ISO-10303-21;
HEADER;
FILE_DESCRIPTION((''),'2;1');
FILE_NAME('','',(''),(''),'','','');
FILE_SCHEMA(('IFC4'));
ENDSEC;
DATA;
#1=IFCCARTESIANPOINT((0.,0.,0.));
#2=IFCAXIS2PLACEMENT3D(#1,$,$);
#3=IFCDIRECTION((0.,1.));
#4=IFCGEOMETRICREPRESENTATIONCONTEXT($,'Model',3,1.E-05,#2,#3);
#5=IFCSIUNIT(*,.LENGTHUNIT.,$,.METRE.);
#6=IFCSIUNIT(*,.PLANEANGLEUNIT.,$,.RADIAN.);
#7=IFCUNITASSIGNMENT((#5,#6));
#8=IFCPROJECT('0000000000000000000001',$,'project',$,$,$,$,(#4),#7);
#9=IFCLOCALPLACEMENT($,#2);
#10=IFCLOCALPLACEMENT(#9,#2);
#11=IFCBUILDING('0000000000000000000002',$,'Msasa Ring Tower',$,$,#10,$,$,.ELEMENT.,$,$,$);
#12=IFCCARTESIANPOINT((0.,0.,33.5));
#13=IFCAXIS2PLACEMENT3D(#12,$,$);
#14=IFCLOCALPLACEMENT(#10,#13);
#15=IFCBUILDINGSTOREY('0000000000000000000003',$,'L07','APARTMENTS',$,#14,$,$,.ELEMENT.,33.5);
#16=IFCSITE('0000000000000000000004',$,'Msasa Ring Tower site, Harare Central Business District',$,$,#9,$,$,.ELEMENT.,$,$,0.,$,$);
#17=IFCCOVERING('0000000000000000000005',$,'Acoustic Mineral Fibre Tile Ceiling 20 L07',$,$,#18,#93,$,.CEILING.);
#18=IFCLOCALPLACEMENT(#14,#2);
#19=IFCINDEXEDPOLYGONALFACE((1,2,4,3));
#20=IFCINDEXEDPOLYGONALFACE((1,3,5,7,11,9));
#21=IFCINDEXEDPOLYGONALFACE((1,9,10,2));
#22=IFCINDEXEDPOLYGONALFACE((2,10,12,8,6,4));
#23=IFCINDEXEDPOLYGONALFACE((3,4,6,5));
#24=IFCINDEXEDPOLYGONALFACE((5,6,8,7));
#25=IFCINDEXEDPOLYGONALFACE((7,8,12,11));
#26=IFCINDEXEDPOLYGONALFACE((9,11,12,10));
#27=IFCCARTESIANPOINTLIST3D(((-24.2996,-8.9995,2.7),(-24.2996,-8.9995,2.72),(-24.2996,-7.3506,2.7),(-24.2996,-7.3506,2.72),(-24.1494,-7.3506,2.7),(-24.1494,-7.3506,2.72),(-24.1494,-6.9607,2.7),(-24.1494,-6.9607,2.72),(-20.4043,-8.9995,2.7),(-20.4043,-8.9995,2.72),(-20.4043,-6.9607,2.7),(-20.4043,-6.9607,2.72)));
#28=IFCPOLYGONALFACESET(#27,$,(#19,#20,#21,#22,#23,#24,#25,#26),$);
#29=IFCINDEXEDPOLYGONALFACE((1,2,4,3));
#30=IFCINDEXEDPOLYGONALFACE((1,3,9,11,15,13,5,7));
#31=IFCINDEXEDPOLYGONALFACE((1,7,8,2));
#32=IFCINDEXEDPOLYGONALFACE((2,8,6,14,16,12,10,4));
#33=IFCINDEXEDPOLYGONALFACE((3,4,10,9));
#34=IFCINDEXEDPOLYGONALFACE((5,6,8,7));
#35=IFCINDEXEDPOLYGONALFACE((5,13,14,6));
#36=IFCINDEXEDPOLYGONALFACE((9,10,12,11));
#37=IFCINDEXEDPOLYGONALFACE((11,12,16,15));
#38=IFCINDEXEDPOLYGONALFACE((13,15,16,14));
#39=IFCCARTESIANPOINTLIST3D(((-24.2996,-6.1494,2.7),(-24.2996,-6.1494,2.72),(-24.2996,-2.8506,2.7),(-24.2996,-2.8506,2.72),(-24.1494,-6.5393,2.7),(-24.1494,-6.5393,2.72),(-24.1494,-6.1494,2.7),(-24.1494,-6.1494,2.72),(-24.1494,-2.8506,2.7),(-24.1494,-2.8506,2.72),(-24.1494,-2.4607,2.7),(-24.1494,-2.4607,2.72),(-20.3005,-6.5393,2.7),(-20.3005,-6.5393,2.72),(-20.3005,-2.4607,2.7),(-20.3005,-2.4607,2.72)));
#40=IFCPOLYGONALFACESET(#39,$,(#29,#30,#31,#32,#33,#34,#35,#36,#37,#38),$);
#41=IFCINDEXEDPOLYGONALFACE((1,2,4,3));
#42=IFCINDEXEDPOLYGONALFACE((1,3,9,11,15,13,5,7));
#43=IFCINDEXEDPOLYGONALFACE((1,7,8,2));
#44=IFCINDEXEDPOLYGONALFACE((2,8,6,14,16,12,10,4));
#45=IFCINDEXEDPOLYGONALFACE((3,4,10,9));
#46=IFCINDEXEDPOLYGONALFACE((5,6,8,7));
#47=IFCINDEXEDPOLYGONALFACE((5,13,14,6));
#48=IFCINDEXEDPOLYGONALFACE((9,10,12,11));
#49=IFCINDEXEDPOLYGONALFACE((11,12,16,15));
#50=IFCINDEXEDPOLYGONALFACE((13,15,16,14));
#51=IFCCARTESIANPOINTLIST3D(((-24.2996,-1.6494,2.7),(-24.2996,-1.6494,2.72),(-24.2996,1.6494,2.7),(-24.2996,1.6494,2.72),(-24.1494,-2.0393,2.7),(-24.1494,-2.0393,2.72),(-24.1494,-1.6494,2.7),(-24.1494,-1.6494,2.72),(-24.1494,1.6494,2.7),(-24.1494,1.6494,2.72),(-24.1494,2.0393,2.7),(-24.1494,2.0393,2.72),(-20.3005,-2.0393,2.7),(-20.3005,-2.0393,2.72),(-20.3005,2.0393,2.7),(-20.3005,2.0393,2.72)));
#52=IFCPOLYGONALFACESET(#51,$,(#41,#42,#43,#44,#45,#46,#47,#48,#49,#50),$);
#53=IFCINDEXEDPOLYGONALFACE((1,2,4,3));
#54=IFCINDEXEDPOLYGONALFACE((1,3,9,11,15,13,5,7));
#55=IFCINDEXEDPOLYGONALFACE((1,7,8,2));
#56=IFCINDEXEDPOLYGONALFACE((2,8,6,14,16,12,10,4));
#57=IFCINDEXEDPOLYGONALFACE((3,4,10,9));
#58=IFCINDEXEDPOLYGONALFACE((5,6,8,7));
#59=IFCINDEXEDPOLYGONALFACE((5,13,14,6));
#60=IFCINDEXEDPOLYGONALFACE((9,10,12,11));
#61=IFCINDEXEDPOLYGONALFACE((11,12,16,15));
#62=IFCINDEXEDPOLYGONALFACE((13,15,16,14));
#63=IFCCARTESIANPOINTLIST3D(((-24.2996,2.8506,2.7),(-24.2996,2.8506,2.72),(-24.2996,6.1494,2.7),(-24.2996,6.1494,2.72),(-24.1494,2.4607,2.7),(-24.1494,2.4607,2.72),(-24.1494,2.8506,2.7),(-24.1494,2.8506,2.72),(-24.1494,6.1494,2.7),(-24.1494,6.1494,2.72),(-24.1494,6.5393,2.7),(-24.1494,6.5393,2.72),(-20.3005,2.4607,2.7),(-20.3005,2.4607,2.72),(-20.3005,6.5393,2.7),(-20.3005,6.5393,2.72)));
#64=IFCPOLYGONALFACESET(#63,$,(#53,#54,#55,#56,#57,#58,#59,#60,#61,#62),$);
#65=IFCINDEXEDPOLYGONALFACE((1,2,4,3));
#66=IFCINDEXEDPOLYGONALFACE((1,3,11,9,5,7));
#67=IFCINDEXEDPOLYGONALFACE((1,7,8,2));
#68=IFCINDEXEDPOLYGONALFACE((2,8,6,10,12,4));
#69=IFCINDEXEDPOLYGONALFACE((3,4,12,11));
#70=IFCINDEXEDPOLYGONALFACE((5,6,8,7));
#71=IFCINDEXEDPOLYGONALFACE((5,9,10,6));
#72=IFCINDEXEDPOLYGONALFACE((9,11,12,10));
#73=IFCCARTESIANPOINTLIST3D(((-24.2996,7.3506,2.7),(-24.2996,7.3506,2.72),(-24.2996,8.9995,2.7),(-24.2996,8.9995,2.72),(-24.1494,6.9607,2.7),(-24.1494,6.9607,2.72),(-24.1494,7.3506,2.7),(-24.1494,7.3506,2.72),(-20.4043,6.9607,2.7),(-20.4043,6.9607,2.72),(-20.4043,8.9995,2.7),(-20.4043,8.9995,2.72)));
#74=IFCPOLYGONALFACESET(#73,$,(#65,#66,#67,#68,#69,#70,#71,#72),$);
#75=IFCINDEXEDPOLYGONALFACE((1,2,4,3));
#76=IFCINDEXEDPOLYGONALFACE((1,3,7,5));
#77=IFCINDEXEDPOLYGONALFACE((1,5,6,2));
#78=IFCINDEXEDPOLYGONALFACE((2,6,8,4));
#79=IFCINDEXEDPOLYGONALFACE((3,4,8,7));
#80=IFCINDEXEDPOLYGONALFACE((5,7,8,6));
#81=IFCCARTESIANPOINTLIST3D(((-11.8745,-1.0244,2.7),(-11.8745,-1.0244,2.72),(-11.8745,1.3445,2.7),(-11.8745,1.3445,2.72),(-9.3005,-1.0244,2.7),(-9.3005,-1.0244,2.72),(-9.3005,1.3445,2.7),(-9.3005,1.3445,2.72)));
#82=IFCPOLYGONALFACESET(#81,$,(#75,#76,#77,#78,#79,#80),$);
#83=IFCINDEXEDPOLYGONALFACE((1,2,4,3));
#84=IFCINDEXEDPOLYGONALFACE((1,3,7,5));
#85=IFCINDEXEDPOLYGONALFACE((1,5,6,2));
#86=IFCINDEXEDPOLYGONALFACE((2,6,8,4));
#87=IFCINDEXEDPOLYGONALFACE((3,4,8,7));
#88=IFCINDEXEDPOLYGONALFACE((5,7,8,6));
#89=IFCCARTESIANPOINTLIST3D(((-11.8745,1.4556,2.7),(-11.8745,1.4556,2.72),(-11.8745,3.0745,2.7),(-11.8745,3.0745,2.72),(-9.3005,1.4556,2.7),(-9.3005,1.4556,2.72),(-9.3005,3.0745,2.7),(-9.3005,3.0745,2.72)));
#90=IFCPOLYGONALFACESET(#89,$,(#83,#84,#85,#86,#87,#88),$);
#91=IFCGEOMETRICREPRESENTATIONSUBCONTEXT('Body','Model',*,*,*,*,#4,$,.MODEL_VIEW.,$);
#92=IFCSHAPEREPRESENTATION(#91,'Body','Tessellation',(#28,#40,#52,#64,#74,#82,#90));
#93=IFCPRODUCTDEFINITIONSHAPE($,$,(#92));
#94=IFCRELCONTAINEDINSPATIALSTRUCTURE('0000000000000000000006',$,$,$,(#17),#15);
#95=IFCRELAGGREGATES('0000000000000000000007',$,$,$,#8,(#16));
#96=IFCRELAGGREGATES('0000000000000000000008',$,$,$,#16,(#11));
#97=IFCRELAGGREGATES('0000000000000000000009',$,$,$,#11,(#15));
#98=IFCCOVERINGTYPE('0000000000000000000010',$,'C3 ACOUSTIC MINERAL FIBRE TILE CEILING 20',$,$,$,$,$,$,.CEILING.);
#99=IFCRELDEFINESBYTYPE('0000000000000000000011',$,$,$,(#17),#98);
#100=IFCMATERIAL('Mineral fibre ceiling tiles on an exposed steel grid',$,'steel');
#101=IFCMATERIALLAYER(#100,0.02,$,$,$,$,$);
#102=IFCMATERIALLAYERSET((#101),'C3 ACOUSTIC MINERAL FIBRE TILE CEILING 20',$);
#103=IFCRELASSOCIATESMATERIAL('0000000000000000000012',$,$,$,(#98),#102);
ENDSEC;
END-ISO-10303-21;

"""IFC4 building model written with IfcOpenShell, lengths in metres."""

from ifc_helpers import new_model, si_unit, direction, frame, origin, place, context, subcontext, project, spatial, line, indexed_curve, outline, extrude, material, layer, layer_set, type_object, element, save


model = new_model("IFC4")

# Units and contexts
model_context = context("Model", 3, precision=1e-05, world=origin(), true_north=direction((0.0, 1.0)))
body_context = subcontext(model_context, "Body", "Model", "MODEL_VIEW")
ifc_project = project(units=[si_unit("LENGTHUNIT", "METRE"), si_unit("PLANEANGLEUNIT", "RADIAN")], contexts=[model_context])

# Site, building, storey
site_placement = place(None, origin())
site = spatial("IfcSite", under=ifc_project, at=site_placement, Name="Msasa Ring Tower site, Harare Central Business District", CompositionType="ELEMENT", RefElevation=0.0)
building_placement = place(site_placement, origin())
building = spatial("IfcBuilding", under=site, at=building_placement, Name="Msasa Ring Tower", CompositionType="ELEMENT")
storey_placement = place(building_placement, frame((0.0, 0.0, 33.5)))
storey = spatial("IfcBuildingStorey", under=building, at=storey_placement, Name="L07", Description="APARTMENTS", CompositionType="ELEMENT", Elevation=33.5)

# Covering
ifc_material_1 = material(Name="Mineral fibre ceiling tiles on an exposed steel grid", Category="steel")
ifc_layer_1 = layer(ifc_material_1, 0.02)
ifc_layer_set_1 = layer_set([ifc_layer_1], Name="C3 ACOUSTIC MINERAL FIBRE TILE CEILING 20")
covering_type_1 = type_object("IfcCoveringType", Name="C3 ACOUSTIC MINERAL FIBRE TILE CEILING 20", PredefinedType="CEILING", material=ifc_layer_set_1)
covering_1_placement = place(storey_placement, frame((0.0, 0.0, 2.7)))
element("IfcCovering", 1, at=covering_1_placement, inside=storey, type_object=covering_type_1, Name="Acoustic Mineral Fibre Tile Ceiling 20 L07", PredefinedType="CEILING", context=body_context, shape_type="SweptSolid", body=[
    extrude(outline(indexed_curve([(-24.2996, -8.9995), (-24.2996, -7.3506), (-24.1494, -7.3506), (-24.1494, -6.9607), (-20.4043, -6.9607), (-20.4043, -8.9995)], segments=[line(1, 2, 3, 4, 5, 6, 1)], self_intersect=False)), origin(), (0.0, 0.0, 1.0), 0.02),
    extrude(outline(indexed_curve([(-24.2996, -2.8506), (-24.1494, -2.8506), (-24.1494, -2.4607), (-20.3005, -2.4607), (-20.3005, -6.5393), (-24.1494, -6.5393), (-24.1494, -6.1494), (-24.2996, -6.1494)], segments=[line(1, 2, 3, 4, 5, 6, 7, 8, 1)], self_intersect=False)), origin(), (0.0, 0.0, 1.0), 0.02),
    extrude(outline(indexed_curve([(-24.2996, 1.6494), (-24.1494, 1.6494), (-24.1494, 2.0393), (-20.3005, 2.0393), (-20.3005, -2.0393), (-24.1494, -2.0393), (-24.1494, -1.6494), (-24.2996, -1.6494)], segments=[line(1, 2, 3, 4, 5, 6, 7, 8, 1)], self_intersect=False)), origin(), (0.0, 0.0, 1.0), 0.02),
    extrude(outline(indexed_curve([(-24.2996, 6.1494), (-24.1494, 6.1494), (-24.1494, 6.5393), (-20.3005, 6.5393), (-20.3005, 2.4607), (-24.1494, 2.4607), (-24.1494, 2.8506), (-24.2996, 2.8506)], segments=[line(1, 2, 3, 4, 5, 6, 7, 8, 1)], self_intersect=False)), origin(), (0.0, 0.0, 1.0), 0.02),
    extrude(outline(indexed_curve([(-24.2996, 8.9995), (-20.4043, 8.9995), (-20.4043, 6.9607), (-24.1494, 6.9607), (-24.1494, 7.3506), (-24.2996, 7.3506)], segments=[line(1, 2, 3, 4, 5, 6, 1)], self_intersect=False)), origin(), (0.0, 0.0, 1.0), 0.02),
    extrude(outline(indexed_curve([(-9.3005, -1.0244), (-11.8745, -1.0244), (-11.8745, 1.3445), (-9.3005, 1.3445)], segments=[line(1, 2, 3, 4, 1)], self_intersect=False)), origin(), (0.0, 0.0, 1.0), 0.02),
    extrude(outline(indexed_curve([(-9.3005, 1.4556), (-11.8745, 1.4556), (-11.8745, 3.0745), (-9.3005, 3.0745)], segments=[line(1, 2, 3, 4, 1)], self_intersect=False)), origin(), (0.0, 0.0, 1.0), 0.02),
])

save(model, "model.ifc")
